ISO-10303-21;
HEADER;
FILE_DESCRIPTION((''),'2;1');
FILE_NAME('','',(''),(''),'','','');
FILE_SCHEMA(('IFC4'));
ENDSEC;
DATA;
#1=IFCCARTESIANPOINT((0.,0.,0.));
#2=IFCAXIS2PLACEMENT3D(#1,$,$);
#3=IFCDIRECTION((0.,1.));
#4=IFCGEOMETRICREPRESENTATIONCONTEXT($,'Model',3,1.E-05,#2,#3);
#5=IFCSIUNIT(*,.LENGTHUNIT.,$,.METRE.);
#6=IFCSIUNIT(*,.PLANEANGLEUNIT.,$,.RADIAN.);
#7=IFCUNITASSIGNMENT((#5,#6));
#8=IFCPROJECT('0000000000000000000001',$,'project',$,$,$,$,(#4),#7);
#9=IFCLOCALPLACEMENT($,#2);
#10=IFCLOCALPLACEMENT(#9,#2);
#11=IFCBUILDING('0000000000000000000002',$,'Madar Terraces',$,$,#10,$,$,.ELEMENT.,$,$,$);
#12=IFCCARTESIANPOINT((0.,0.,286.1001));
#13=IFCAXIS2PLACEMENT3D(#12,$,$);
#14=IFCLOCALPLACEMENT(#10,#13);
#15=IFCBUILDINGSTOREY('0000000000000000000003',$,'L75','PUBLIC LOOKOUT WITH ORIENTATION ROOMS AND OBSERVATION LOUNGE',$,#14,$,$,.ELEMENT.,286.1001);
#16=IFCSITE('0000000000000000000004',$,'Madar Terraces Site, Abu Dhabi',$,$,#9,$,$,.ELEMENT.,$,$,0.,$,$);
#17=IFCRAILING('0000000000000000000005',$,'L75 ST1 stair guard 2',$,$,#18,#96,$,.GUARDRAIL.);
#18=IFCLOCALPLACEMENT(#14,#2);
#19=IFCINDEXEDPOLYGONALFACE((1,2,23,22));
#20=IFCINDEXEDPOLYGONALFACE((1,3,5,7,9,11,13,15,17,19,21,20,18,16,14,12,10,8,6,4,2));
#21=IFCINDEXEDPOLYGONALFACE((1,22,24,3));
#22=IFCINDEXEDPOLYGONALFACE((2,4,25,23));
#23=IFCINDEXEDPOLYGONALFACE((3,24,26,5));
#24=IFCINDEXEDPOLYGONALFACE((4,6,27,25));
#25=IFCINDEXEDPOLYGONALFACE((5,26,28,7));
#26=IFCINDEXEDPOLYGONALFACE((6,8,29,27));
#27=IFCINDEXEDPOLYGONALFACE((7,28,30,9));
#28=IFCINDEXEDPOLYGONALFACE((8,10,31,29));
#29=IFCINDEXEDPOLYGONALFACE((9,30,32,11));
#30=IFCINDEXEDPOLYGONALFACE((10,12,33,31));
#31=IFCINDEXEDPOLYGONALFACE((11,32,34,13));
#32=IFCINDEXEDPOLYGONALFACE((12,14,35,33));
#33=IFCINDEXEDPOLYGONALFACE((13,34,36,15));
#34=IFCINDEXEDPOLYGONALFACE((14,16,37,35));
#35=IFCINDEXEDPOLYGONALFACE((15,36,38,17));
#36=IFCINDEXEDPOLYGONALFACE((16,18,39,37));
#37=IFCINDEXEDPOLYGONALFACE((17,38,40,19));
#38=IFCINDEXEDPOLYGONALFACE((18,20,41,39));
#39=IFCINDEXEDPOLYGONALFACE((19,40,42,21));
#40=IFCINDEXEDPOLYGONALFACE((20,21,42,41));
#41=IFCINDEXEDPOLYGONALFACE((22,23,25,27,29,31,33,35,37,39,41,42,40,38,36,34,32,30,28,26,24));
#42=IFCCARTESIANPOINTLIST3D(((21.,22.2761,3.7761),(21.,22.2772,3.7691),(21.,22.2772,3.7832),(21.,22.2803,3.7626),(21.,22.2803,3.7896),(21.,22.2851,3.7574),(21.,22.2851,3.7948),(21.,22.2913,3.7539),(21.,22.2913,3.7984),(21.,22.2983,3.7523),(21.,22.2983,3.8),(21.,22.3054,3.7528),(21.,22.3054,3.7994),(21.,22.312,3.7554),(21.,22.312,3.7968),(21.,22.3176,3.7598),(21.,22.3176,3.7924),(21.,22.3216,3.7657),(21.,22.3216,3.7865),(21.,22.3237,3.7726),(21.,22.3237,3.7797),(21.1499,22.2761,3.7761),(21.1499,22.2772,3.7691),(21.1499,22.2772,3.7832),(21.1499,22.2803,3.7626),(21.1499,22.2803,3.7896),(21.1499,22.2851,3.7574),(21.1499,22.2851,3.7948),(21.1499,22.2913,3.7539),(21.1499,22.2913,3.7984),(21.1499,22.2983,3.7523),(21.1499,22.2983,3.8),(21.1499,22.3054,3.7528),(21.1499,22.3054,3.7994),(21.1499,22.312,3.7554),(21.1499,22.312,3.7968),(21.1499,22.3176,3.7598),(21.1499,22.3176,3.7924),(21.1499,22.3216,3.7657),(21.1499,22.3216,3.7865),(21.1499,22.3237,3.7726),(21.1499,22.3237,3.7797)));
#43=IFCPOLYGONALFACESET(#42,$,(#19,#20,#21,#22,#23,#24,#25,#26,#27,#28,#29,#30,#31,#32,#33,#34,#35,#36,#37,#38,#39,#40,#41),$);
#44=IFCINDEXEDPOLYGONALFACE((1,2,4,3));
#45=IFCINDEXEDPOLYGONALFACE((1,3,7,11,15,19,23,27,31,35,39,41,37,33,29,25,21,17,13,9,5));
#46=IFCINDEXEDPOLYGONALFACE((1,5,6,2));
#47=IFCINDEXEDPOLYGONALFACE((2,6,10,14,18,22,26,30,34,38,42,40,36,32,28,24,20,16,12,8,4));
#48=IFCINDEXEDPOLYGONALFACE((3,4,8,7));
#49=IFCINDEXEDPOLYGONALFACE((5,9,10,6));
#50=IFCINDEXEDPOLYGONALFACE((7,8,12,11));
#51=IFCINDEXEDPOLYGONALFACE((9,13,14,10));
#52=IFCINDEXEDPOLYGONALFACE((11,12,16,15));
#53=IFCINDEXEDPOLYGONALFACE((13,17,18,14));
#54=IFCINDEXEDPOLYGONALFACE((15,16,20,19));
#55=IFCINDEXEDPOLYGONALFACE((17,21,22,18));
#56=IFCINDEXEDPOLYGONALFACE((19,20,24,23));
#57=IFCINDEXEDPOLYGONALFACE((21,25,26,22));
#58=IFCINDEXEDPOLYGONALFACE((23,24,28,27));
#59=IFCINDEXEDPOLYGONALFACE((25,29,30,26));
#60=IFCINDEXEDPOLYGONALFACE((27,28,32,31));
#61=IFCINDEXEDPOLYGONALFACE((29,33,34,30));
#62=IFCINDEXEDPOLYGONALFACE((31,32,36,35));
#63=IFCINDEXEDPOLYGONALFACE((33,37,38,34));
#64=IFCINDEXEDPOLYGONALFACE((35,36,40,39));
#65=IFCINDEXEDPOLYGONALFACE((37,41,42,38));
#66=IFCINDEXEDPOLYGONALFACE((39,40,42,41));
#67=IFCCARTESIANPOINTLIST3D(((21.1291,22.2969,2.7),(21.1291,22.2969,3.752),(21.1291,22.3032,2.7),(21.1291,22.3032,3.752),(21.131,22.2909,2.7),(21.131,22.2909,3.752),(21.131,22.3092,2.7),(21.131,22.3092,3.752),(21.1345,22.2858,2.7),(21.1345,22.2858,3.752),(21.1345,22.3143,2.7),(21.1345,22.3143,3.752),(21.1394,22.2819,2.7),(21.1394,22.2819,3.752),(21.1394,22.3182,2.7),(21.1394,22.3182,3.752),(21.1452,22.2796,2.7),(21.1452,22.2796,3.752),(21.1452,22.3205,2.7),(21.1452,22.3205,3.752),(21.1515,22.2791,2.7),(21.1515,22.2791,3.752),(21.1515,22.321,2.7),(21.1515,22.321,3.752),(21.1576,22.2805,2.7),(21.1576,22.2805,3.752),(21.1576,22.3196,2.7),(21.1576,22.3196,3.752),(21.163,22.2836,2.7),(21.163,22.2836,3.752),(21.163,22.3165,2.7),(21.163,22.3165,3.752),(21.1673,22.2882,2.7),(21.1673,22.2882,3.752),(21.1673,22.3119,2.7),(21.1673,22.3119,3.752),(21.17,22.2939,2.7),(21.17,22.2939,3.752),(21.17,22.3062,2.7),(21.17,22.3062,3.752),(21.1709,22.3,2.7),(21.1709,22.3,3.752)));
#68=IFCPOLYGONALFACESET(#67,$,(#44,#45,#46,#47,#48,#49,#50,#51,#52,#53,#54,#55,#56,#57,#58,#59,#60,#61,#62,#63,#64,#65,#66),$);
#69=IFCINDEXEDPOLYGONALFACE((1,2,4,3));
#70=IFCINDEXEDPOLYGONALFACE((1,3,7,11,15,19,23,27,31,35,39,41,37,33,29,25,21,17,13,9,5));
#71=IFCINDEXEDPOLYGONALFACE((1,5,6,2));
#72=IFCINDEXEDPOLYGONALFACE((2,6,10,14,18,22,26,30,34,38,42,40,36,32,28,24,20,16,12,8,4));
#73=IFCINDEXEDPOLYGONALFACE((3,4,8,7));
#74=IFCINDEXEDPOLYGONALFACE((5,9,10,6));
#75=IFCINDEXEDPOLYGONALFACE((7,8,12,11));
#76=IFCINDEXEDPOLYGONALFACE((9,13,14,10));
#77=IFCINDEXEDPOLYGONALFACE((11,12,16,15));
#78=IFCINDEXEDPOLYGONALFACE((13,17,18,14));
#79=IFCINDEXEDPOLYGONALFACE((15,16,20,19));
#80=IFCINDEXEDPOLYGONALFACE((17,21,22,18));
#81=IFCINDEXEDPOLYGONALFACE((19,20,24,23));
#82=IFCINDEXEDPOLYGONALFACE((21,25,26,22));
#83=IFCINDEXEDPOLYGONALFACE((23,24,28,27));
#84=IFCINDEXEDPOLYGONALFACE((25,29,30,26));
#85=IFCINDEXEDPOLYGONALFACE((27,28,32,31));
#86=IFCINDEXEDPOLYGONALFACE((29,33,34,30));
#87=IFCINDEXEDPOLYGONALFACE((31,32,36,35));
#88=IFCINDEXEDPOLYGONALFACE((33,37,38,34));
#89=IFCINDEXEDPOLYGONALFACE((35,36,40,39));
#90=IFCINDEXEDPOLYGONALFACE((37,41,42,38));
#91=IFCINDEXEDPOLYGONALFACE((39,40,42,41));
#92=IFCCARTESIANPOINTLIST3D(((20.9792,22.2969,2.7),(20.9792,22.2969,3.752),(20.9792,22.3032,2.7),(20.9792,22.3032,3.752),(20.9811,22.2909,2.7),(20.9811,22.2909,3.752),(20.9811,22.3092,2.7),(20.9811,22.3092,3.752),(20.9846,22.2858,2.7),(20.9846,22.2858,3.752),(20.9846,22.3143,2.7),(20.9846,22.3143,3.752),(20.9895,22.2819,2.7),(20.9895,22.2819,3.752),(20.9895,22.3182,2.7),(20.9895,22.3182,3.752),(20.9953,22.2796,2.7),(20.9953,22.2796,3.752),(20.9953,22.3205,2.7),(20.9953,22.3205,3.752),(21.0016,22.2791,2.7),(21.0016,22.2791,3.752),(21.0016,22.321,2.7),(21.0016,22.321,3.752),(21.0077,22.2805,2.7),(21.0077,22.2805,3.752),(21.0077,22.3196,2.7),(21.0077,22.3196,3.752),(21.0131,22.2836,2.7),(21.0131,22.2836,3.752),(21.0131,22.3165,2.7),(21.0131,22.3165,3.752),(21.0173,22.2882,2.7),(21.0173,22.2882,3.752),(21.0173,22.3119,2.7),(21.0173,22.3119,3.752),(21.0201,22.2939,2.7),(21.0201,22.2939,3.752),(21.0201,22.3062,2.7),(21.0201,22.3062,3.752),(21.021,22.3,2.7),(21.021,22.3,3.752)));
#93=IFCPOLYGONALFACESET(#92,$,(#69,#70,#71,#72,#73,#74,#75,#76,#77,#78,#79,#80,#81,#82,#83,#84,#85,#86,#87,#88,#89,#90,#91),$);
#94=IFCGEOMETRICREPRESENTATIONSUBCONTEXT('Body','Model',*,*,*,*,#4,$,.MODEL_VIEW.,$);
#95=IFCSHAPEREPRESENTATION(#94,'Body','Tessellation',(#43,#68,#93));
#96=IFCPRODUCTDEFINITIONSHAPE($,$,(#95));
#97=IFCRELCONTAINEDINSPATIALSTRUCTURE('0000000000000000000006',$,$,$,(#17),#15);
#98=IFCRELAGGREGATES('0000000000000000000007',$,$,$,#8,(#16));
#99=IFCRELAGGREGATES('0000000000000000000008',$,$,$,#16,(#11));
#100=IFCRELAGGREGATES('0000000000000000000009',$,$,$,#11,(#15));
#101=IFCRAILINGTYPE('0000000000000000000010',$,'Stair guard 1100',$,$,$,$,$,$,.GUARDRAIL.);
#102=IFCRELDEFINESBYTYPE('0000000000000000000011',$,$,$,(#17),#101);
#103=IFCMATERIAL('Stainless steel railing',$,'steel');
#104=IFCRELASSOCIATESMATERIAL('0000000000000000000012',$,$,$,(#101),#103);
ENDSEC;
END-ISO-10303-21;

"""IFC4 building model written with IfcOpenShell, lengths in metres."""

from ifc_helpers import new_model, si_unit, direction, frame, origin, origin_2d, place, context, subcontext, project, spatial, circle, extrude, material, type_object, element, save


model = new_model("IFC4")

# Units and contexts
model_context = context("Model", 3, precision=1e-05, world=origin(), true_north=direction((0.0, 1.0)))
body_context = subcontext(model_context, "Body", "Model", "MODEL_VIEW")
ifc_project = project(units=[si_unit("LENGTHUNIT", "METRE"), si_unit("PLANEANGLEUNIT", "RADIAN")], contexts=[model_context])

# Site, building, storey
site_placement = place(None, origin())
site = spatial("IfcSite", under=ifc_project, at=site_placement, Name="Madar Terraces Site, Abu Dhabi", CompositionType="ELEMENT", RefElevation=0.0)
building_placement = place(site_placement, origin())
building = spatial("IfcBuilding", under=site, at=building_placement, Name="Madar Terraces", CompositionType="ELEMENT")
storey_placement = place(building_placement, frame((0.0, 0.0, 286.1001)))
storey = spatial("IfcBuildingStorey", under=building, at=storey_placement, Name="L75", Description="PUBLIC LOOKOUT WITH ORIENTATION ROOMS AND OBSERVATION LOUNGE", CompositionType="ELEMENT", Elevation=286.1001)

# Railing
ifc_material_1 = material(Name="Stainless steel railing", Category="steel")
railing_type_1 = type_object("IfcRailingType", Name="Stair guard 1100", PredefinedType="GUARDRAIL", material=ifc_material_1)
railing_1_placement = place(storey_placement, frame((21.1499, 22.3, 2.7)))
element("IfcRailing", 1, at=railing_1_placement, inside=storey, type_object=railing_type_1, Name="L75 ST1 stair guard 2", PredefinedType="GUARDRAIL", context=body_context, shape_type="SweptSolid", body=[
    extrude(circle(Radius=0.0239, at=origin_2d()), frame((0.0, 0.0, 1.0762), z_axis=(-1.0, 0.0, 0.0), x_axis=(0.0, -1.0, 0.0)), (0.0, 0.0, 1.0), 0.1499),
    extrude(circle(Radius=0.021, at=origin_2d()), origin(), (0.0, 0.0, 1.0), 1.052),
    extrude(circle(Radius=0.021, at=origin_2d()), frame((-0.1499, 0.0, 0.0)), (0.0, 0.0, 1.0), 1.052),
])

save(model, "model.ifc")
